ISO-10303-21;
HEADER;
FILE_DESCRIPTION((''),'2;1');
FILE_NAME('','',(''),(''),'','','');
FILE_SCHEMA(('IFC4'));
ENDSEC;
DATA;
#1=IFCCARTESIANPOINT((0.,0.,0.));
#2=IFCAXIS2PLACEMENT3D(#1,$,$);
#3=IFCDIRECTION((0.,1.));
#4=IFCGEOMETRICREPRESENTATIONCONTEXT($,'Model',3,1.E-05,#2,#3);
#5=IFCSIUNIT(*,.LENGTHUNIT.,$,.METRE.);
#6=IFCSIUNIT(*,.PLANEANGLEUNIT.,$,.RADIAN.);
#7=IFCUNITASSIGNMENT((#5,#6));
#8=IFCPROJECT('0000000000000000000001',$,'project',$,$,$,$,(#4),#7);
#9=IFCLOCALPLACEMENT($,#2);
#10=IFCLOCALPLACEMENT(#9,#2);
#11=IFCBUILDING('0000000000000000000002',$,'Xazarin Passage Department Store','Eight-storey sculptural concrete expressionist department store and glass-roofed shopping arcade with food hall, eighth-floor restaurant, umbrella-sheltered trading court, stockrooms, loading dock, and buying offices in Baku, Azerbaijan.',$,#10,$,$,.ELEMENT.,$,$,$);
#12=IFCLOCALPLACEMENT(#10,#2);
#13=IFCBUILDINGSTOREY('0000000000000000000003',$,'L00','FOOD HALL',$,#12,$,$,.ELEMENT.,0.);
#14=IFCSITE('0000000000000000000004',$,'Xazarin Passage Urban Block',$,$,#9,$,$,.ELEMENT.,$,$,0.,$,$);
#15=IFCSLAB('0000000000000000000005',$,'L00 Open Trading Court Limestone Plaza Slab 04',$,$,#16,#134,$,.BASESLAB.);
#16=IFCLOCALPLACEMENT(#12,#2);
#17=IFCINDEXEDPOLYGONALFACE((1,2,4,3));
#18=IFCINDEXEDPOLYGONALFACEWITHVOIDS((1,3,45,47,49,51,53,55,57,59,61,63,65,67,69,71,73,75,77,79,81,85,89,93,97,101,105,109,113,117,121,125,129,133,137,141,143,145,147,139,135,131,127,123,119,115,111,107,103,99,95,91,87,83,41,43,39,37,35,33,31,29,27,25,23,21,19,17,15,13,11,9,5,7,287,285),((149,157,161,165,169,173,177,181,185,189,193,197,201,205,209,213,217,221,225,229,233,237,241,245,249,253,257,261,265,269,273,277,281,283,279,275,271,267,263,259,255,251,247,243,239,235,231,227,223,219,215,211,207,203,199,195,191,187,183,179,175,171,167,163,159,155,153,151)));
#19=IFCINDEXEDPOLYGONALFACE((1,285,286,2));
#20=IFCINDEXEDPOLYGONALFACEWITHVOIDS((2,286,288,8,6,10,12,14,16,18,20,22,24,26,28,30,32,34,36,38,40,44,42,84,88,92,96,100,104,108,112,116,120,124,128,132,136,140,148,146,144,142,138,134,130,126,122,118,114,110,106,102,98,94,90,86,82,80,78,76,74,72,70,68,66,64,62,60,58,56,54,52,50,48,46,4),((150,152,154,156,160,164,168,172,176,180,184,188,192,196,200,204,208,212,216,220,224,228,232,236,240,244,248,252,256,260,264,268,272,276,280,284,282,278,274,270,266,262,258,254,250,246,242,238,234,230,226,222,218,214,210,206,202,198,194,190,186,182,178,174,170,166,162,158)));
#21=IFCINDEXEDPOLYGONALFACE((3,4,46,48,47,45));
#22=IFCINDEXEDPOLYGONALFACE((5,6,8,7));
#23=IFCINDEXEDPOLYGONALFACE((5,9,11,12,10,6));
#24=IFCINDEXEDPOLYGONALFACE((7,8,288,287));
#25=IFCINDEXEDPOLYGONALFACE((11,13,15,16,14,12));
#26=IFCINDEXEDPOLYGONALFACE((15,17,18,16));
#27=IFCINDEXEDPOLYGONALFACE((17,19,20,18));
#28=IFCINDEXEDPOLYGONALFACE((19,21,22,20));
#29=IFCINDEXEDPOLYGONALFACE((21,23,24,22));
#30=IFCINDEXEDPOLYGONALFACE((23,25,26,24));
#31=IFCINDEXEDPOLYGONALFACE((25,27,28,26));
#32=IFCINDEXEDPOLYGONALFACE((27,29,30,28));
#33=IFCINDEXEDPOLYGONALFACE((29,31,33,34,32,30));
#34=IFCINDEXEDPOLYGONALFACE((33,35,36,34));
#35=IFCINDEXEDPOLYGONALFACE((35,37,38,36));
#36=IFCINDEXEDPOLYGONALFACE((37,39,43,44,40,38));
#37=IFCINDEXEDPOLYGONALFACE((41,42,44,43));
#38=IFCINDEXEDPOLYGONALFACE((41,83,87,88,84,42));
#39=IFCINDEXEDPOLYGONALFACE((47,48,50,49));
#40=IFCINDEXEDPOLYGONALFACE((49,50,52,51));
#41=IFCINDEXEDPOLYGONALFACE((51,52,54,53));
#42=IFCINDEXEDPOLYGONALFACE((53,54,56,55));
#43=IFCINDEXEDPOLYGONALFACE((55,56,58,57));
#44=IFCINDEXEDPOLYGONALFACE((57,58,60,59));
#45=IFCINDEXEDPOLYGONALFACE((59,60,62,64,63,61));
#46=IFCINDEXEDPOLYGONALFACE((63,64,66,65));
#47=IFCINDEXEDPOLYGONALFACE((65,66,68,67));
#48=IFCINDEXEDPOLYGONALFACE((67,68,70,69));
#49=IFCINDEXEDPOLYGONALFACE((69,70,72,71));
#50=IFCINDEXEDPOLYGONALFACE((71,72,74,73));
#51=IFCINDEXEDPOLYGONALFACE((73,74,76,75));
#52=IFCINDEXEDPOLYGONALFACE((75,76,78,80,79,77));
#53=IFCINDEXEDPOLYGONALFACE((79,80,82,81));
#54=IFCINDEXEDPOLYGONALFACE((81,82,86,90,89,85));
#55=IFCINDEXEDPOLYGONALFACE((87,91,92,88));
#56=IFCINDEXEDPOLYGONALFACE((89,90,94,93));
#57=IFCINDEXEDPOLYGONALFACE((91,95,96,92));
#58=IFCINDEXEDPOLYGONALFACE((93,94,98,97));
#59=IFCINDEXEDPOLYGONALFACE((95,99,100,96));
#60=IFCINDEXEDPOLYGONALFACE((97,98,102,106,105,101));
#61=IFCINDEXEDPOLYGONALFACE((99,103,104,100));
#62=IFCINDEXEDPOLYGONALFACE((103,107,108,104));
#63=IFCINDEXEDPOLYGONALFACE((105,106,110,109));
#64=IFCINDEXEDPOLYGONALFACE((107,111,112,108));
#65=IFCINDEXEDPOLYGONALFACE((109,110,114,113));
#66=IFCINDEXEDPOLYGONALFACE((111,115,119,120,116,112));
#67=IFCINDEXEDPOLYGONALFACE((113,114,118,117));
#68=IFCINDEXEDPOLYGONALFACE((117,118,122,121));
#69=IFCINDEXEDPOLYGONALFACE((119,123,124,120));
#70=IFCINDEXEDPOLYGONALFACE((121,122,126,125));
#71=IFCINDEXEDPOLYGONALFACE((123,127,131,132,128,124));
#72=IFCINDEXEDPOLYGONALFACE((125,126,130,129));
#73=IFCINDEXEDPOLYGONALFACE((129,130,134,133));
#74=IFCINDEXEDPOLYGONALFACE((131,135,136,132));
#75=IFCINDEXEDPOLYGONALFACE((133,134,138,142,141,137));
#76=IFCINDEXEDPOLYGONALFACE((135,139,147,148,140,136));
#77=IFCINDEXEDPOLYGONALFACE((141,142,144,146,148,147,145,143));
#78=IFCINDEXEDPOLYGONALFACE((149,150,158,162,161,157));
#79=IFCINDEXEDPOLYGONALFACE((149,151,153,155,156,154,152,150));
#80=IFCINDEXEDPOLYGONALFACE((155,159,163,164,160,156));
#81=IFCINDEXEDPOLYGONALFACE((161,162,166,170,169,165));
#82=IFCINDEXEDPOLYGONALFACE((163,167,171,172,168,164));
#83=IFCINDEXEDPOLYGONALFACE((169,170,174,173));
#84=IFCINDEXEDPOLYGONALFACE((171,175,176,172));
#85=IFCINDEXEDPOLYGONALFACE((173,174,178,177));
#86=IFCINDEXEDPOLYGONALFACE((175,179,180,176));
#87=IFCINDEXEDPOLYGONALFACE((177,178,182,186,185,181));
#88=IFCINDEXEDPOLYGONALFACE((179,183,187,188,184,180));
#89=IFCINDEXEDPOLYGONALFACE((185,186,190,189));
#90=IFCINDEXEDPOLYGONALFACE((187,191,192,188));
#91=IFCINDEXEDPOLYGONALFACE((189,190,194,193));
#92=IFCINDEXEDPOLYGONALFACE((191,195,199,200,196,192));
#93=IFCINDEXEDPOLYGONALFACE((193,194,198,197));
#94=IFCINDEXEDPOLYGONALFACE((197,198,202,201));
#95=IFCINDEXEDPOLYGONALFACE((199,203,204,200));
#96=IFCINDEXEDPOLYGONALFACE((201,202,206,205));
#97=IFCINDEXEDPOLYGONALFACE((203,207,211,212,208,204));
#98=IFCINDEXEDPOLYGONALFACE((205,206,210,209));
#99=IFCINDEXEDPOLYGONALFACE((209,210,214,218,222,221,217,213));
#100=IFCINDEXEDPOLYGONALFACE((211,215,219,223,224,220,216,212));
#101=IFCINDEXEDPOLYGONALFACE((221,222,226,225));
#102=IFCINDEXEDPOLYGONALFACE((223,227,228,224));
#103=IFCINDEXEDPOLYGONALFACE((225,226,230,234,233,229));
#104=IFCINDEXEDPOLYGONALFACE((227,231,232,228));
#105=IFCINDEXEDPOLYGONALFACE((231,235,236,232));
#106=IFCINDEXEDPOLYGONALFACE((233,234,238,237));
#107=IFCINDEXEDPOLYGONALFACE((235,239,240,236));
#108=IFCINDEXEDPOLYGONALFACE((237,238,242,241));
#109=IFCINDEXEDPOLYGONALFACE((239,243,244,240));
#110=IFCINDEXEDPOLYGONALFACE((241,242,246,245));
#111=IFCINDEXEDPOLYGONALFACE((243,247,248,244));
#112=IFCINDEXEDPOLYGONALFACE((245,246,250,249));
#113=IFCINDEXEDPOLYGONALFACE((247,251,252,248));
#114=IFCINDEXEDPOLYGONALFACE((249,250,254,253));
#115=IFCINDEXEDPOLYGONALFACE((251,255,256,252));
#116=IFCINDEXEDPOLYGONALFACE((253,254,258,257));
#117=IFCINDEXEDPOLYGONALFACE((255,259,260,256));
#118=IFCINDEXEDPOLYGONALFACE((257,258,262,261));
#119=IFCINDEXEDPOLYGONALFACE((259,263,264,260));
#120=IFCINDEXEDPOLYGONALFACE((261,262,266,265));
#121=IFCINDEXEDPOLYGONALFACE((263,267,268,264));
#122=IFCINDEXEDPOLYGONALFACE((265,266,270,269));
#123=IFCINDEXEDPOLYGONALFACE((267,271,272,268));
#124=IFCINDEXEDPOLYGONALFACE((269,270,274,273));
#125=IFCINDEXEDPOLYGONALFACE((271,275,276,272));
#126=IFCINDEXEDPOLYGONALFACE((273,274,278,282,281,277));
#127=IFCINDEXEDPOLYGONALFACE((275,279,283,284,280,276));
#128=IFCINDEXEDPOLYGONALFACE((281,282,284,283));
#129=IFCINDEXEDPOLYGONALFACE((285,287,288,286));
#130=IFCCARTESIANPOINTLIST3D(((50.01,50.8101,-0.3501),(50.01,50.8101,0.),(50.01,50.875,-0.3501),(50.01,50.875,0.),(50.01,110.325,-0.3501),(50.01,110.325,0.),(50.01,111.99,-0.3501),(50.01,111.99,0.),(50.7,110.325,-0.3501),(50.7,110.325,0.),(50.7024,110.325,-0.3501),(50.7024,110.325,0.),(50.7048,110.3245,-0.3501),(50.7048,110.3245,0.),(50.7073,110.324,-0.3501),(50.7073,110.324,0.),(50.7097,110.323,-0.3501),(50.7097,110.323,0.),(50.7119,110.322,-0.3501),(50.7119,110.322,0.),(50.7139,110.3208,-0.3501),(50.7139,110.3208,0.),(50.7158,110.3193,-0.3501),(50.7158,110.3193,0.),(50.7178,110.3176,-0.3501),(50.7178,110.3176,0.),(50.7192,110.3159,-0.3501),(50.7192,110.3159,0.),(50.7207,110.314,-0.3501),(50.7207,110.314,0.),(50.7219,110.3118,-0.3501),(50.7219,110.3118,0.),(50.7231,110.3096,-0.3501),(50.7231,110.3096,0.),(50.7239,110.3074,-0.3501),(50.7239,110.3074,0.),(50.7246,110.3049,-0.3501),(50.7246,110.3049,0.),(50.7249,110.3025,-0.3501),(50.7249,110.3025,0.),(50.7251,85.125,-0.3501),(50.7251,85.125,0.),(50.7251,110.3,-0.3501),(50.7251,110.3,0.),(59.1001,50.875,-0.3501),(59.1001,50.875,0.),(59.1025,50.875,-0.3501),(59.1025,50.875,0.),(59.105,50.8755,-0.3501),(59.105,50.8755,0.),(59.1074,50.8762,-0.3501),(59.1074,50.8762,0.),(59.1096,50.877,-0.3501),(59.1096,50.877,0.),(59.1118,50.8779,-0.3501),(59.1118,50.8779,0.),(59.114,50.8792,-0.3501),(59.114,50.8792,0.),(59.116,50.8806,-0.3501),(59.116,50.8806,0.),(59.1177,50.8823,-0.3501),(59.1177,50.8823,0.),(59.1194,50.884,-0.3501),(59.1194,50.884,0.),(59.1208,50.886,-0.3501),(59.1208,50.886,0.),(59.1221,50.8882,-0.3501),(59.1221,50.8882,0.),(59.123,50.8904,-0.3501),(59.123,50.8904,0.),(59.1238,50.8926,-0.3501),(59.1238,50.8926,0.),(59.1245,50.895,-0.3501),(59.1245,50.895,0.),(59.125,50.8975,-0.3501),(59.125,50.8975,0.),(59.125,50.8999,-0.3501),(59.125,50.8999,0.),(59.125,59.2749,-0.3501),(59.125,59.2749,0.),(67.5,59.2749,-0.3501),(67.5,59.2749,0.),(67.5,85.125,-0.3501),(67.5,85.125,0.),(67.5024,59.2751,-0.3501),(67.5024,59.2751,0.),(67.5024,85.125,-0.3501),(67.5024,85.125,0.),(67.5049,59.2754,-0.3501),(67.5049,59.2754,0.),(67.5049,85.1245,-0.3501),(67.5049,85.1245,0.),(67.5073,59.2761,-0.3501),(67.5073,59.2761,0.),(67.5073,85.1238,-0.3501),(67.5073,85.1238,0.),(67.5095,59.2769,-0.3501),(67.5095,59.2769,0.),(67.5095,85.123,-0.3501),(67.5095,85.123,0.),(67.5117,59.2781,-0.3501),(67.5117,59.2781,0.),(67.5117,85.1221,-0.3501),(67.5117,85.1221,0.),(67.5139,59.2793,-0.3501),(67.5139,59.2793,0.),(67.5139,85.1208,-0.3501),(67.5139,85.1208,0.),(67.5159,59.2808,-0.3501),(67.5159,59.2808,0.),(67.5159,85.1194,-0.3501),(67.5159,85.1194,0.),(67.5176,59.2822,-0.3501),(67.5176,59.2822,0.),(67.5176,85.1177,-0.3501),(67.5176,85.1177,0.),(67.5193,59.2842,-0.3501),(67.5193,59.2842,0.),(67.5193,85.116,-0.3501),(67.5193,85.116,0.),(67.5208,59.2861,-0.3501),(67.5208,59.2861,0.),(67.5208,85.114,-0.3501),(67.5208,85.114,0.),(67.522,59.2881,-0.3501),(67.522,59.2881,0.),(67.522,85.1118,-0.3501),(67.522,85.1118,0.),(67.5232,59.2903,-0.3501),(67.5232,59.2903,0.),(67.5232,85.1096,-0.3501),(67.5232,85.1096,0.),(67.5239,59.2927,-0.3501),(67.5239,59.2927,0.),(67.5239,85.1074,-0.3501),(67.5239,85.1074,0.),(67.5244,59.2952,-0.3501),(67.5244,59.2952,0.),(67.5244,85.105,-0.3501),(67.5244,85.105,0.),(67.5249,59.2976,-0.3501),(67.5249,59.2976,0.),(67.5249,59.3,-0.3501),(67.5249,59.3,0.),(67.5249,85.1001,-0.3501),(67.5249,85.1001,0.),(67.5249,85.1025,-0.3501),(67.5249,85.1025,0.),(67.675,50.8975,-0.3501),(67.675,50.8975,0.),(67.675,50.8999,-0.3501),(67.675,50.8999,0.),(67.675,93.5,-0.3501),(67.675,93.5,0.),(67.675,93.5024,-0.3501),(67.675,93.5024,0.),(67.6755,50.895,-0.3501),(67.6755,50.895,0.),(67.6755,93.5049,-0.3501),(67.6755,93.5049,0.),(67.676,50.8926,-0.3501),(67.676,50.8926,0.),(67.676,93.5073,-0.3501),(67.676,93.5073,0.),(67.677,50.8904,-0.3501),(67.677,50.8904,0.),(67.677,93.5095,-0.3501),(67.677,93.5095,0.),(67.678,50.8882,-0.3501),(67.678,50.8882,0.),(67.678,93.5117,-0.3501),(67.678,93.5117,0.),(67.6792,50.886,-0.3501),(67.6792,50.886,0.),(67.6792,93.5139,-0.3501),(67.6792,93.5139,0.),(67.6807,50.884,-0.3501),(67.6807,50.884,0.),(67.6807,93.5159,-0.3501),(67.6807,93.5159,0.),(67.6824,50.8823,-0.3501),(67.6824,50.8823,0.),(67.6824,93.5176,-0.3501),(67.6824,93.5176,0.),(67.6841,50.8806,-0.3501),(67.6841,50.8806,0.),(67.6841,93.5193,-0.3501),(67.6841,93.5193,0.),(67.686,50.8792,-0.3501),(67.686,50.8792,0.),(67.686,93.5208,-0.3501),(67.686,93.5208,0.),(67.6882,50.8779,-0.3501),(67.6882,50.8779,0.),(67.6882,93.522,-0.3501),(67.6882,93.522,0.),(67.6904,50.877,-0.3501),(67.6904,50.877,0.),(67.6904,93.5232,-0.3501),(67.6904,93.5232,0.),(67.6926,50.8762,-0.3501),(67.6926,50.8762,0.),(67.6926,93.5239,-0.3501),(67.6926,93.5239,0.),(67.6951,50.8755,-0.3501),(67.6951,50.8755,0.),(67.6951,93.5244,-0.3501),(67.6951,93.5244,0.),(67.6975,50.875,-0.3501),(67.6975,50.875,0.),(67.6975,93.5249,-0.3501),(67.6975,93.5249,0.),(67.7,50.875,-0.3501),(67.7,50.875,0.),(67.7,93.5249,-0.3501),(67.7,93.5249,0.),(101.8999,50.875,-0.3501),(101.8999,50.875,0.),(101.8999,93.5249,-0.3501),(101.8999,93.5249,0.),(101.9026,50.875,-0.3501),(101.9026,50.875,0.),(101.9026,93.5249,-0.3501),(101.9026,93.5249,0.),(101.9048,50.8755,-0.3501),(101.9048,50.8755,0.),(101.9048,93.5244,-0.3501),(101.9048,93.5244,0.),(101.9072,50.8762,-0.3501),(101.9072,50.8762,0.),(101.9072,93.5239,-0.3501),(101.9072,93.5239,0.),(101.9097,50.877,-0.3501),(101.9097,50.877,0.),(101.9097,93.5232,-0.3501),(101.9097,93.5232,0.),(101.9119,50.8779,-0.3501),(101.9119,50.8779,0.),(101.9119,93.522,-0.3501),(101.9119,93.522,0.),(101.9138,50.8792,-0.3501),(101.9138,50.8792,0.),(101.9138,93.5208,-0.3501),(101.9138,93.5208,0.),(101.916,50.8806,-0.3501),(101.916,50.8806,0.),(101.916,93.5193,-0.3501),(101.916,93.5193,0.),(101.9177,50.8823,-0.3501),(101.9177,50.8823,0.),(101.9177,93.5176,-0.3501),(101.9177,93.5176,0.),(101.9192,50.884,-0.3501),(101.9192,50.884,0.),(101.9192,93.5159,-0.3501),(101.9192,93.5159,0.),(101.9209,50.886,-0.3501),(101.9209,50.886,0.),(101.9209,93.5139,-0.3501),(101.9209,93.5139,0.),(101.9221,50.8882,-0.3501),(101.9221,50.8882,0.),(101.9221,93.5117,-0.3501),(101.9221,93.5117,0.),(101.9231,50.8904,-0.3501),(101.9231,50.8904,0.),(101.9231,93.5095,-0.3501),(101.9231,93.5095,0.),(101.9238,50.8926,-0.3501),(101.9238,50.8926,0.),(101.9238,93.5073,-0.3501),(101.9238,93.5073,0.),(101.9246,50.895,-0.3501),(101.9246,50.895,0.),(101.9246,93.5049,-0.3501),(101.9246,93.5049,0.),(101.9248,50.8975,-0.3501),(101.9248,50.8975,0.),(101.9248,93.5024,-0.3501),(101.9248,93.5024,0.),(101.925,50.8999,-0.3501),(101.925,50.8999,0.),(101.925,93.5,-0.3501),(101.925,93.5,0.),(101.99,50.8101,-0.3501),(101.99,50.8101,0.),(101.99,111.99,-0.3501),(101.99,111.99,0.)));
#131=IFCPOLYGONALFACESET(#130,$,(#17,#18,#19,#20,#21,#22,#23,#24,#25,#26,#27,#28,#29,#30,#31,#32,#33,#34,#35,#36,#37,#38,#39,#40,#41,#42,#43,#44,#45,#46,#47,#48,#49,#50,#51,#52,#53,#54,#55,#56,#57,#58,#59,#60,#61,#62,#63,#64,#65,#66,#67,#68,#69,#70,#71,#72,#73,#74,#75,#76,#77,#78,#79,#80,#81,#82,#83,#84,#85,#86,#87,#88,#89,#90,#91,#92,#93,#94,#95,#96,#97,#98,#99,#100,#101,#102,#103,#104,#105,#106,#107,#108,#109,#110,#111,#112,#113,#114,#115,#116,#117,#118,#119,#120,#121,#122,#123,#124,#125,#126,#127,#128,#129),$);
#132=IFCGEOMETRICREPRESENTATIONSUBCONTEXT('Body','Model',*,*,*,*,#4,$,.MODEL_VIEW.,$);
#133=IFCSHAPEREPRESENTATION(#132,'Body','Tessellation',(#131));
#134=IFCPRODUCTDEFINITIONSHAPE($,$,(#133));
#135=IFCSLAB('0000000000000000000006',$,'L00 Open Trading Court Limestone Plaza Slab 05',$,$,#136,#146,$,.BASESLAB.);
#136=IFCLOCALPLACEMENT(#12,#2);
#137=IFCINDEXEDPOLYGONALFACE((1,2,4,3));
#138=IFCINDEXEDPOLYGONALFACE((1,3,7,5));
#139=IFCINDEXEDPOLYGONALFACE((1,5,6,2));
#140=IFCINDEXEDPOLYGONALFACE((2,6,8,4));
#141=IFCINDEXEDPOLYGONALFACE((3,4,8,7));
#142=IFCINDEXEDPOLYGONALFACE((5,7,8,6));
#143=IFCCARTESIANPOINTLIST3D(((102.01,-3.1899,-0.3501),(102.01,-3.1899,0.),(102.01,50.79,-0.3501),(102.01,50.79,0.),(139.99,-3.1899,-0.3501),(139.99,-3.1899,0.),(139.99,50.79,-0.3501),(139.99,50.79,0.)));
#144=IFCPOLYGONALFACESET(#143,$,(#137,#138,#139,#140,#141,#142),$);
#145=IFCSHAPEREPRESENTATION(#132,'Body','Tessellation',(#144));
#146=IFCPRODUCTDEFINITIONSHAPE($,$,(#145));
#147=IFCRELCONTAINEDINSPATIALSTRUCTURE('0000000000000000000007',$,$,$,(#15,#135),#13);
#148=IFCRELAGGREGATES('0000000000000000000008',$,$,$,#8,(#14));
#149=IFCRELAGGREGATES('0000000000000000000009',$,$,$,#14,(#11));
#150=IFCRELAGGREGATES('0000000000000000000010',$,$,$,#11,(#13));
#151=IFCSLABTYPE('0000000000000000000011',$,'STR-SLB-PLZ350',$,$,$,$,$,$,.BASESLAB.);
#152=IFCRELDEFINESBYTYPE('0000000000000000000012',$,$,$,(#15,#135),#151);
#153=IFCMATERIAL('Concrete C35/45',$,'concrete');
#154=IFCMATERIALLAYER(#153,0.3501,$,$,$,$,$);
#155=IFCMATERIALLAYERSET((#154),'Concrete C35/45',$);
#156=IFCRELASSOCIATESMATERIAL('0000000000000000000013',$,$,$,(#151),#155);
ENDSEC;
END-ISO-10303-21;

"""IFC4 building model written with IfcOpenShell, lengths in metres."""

from ifc_helpers import new_model, si_unit, direction, frame, origin, place, context, subcontext, project, spatial, polyline, outline, extrude, material, layer, layer_set, type_object, element, save


model = new_model("IFC4")

# Units and contexts
model_context = context("Model", 3, precision=1e-05, world=origin(), true_north=direction((0.0, 1.0)))
body_context = subcontext(model_context, "Body", "Model", "MODEL_VIEW")
ifc_project = project(units=[si_unit("LENGTHUNIT", "METRE"), si_unit("PLANEANGLEUNIT", "RADIAN")], contexts=[model_context])

# Site, building, storey
site_placement = place(None, origin())
site = spatial("IfcSite", under=ifc_project, at=site_placement, Name="Xazarin Passage Urban Block", CompositionType="ELEMENT", RefElevation=0.0)
building_placement = place(site_placement, origin())
building = spatial("IfcBuilding", under=site, at=building_placement, Name="Xazarin Passage Department Store", Description="Eight-storey sculptural concrete expressionist department store and glass-roofed shopping arcade with food hall, eighth-floor restaurant, umbrella-sheltered trading court, stockrooms, loading dock, and buying offices in Baku, Azerbaijan.", CompositionType="ELEMENT")
storey_placement = place(building_placement, origin())
storey = spatial("IfcBuildingStorey", under=building, at=storey_placement, Name="L00", Description="FOOD HALL", CompositionType="ELEMENT", Elevation=0.0)

# Slabs
ifc_material_1 = material(Name="Concrete C35/45", Category="concrete")
ifc_layer_1 = layer(ifc_material_1, 0.3501)
ifc_layer_set_1 = layer_set([ifc_layer_1], Name="Concrete C35/45")
slab_type_1 = type_object("IfcSlabType", Name="STR-SLB-PLZ350", PredefinedType="BASESLAB", material=ifc_layer_set_1)
slab_1_placement = place(storey_placement, frame((0.0, 0.0, -0.3501)))
element("IfcSlab", 1, at=slab_1_placement, inside=storey, type_object=slab_type_1, Name="L00 Open Trading Court Limestone Plaza Slab 04", PredefinedType="BASESLAB", context=body_context, shape_type="SweptSolid", body=[
    extrude(outline(polyline([(67.5244, 59.2952), (67.5239, 59.2927), (67.5232, 59.2903), (67.522, 59.2881), (67.5208, 59.2861), (67.5193, 59.2842), (67.5176, 59.2822), (67.5159, 59.2808), (67.5139, 59.2793), (67.5117, 59.2781), (67.5095, 59.2769), (67.5073, 59.2761), (67.5049, 59.2754), (67.5024, 59.2751), (67.5, 59.2749), (59.125, 59.2749), (59.125, 50.8999), (59.125, 50.8975), (59.1245, 50.895), (59.1238, 50.8926), (59.123, 50.8904), (59.1221, 50.8882), (59.1208, 50.886), (59.1194, 50.884), (59.1177, 50.8823), (59.116, 50.8806), (59.114, 50.8792), (59.1118, 50.8779), (59.1096, 50.877), (59.1074, 50.8762), (59.105, 50.8755), (59.1025, 50.875), (59.1001, 50.875), (50.01, 50.875), (50.01, 50.8101), (101.99, 50.8101), (101.99, 111.99), (50.01, 111.99), (50.01, 110.325), (50.7, 110.325), (50.7024, 110.325), (50.7048, 110.3245), (50.7073, 110.324), (50.7097, 110.323), (50.7119, 110.322), (50.7139, 110.3208), (50.7158, 110.3193), (50.7178, 110.3176), (50.7192, 110.3159), (50.7207, 110.314), (50.7219, 110.3118), (50.7231, 110.3096), (50.7239, 110.3074), (50.7246, 110.3049), (50.7249, 110.3025), (50.7251, 110.3), (50.7251, 85.125), (67.5, 85.125), (67.5024, 85.125), (67.5049, 85.1245), (67.5073, 85.1238), (67.5095, 85.123), (67.5117, 85.1221), (67.5139, 85.1208), (67.5159, 85.1194), (67.5176, 85.1177), (67.5193, 85.116), (67.5208, 85.114), (67.522, 85.1118), (67.5232, 85.1096), (67.5239, 85.1074), (67.5244, 85.105), (67.5249, 85.1025), (67.5249, 85.1001), (67.5249, 59.3), (67.5249, 59.2976), (67.5244, 59.2952)]), holes=[polyline([(101.9248, 50.8975), (101.9246, 50.895), (101.9238, 50.8926), (101.9231, 50.8904), (101.9221, 50.8882), (101.9209, 50.886), (101.9192, 50.884), (101.9177, 50.8823), (101.916, 50.8806), (101.9138, 50.8792), (101.9119, 50.8779), (101.9097, 50.877), (101.9072, 50.8762), (101.9048, 50.8755), (101.9026, 50.875), (101.8999, 50.875), (67.7, 50.875), (67.6975, 50.875), (67.6951, 50.8755), (67.6926, 50.8762), (67.6904, 50.877), (67.6882, 50.8779), (67.686, 50.8792), (67.6841, 50.8806), (67.6824, 50.8823), (67.6807, 50.884), (67.6792, 50.886), (67.678, 50.8882), (67.677, 50.8904), (67.676, 50.8926), (67.6755, 50.895), (67.675, 50.8975), (67.675, 50.8999), (67.675, 93.5), (67.675, 93.5024), (67.6755, 93.5049), (67.676, 93.5073), (67.677, 93.5095), (67.678, 93.5117), (67.6792, 93.5139), (67.6807, 93.5159), (67.6824, 93.5176), (67.6841, 93.5193), (67.686, 93.5208), (67.6882, 93.522), (67.6904, 93.5232), (67.6926, 93.5239), (67.6951, 93.5244), (67.6975, 93.5249), (67.7, 93.5249), (101.8999, 93.5249), (101.9026, 93.5249), (101.9048, 93.5244), (101.9072, 93.5239), (101.9097, 93.5232), (101.9119, 93.522), (101.9138, 93.5208), (101.916, 93.5193), (101.9177, 93.5176), (101.9192, 93.5159), (101.9209, 93.5139), (101.9221, 93.5117), (101.9231, 93.5095), (101.9238, 93.5073), (101.9246, 93.5049), (101.9248, 93.5024), (101.925, 93.5), (101.925, 50.8999), (101.9248, 50.8975)])]), origin(), (0.0, 0.0, 1.0), 0.3501),
])
slab_2_placement = place(storey_placement, frame((0.0, 0.0, -0.3501)))
element("IfcSlab", 2, at=slab_2_placement, inside=storey, type_object=slab_type_1, Name="L00 Open Trading Court Limestone Plaza Slab 05", PredefinedType="BASESLAB", context=body_context, shape_type="SweptSolid", body=[
    extrude(outline(polyline([(139.99, -3.1899), (139.99, 50.79), (102.01, 50.79), (102.01, -3.1899), (139.99, -3.1899)])), origin(), (0.0, 0.0, 1.0), 0.3501),
])

save(model, "model.ifc")
